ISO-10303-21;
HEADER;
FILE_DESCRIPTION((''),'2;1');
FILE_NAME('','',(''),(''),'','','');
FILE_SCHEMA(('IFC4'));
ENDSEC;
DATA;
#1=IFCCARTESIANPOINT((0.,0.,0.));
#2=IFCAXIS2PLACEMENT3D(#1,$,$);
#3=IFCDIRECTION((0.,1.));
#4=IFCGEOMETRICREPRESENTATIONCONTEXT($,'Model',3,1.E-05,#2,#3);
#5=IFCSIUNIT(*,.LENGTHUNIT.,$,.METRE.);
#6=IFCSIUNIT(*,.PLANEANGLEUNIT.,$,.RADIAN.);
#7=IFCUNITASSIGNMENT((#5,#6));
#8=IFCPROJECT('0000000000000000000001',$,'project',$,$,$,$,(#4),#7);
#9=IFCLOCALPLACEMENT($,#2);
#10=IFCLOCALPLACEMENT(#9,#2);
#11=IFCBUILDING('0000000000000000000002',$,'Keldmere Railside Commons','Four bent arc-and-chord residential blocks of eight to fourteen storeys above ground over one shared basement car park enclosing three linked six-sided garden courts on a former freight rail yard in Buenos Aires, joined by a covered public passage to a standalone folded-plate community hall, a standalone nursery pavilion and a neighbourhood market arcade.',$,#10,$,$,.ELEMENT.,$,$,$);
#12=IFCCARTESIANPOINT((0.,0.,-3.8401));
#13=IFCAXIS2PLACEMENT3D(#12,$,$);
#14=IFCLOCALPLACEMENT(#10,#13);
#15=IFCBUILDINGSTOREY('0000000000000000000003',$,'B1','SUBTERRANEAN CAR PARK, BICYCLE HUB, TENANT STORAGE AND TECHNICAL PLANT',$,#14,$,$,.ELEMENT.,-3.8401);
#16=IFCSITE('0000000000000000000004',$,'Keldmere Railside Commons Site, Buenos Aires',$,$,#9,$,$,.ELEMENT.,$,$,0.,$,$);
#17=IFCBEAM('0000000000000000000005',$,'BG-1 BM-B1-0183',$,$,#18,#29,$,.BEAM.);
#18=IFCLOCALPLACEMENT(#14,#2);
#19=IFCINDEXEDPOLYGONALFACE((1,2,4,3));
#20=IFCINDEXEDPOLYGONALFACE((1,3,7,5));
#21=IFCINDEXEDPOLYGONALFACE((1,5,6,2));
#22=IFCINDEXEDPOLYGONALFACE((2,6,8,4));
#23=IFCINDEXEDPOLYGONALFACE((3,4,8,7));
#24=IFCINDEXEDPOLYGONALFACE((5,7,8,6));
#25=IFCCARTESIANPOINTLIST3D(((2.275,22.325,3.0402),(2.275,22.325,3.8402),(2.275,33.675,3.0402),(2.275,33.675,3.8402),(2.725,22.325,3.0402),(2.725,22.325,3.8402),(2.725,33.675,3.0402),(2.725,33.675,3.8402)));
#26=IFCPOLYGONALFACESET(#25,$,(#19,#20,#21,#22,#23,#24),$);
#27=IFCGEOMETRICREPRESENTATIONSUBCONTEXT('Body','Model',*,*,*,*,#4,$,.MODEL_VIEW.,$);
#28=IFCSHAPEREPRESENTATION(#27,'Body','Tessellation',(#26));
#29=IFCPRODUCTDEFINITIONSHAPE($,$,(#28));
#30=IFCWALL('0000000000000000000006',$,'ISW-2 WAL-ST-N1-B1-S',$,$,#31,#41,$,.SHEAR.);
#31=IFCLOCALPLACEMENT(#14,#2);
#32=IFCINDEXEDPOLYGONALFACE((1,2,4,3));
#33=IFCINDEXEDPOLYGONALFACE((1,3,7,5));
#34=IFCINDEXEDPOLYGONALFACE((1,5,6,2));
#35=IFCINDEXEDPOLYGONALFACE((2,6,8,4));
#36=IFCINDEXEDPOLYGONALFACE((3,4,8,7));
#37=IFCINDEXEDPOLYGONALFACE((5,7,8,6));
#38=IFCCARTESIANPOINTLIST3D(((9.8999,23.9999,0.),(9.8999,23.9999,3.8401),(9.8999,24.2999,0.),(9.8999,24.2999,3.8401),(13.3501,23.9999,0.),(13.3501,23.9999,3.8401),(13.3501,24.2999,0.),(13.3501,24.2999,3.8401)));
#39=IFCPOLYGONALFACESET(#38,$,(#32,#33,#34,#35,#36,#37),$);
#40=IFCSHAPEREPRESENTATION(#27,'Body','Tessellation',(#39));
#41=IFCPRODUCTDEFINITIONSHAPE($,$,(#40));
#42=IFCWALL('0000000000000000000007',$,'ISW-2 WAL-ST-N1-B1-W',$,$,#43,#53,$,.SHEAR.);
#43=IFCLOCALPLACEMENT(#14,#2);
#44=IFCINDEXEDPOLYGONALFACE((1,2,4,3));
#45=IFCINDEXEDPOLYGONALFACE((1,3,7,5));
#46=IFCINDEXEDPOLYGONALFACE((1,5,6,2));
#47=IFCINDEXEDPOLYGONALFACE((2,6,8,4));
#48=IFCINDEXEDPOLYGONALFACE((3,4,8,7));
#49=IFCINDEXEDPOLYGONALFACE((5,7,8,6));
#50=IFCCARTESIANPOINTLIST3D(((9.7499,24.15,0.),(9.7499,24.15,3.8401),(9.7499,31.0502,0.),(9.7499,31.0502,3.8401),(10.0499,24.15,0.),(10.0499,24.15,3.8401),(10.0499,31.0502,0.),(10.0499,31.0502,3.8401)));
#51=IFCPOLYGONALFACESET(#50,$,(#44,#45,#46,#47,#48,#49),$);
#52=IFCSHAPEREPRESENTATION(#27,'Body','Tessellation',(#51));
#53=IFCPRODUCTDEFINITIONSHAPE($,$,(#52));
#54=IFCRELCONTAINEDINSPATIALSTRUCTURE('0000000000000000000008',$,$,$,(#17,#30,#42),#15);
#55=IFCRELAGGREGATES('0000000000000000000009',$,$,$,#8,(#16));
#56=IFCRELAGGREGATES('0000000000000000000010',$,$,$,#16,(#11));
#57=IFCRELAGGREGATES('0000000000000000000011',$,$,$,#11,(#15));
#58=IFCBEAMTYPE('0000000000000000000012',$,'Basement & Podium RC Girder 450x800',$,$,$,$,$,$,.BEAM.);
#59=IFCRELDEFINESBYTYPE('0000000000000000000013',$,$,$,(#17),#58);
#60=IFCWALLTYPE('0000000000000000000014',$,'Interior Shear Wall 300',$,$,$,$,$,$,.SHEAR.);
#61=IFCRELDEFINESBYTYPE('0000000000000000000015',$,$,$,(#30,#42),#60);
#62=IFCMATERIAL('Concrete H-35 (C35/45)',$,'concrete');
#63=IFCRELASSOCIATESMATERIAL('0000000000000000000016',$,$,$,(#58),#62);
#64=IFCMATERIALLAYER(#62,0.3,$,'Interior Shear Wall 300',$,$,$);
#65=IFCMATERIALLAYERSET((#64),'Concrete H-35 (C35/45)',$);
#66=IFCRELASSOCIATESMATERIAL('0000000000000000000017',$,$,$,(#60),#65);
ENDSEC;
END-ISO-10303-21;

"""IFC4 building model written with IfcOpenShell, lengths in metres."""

from ifc_helpers import new_model, si_unit, direction, frame, frame_2d, origin, origin_2d, place, context, subcontext, project, spatial, rectangle, extrude, material, layer, layer_set, material_profile, profile_set, type_object, element, save


model = new_model("IFC4")

# Units and contexts
model_context = context("Model", 3, precision=1e-05, world=origin(), true_north=direction((0.0, 1.0)))
body_context = subcontext(model_context, "Body", "Model", "MODEL_VIEW")
ifc_project = project(units=[si_unit("LENGTHUNIT", "METRE"), si_unit("PLANEANGLEUNIT", "RADIAN")], contexts=[model_context])

# Site, building, storey
site_placement = place(None, origin())
site = spatial("IfcSite", under=ifc_project, at=site_placement, Name="Keldmere Railside Commons Site, Buenos Aires", CompositionType="ELEMENT", RefElevation=0.0)
building_placement = place(site_placement, origin())
building = spatial("IfcBuilding", under=site, at=building_placement, Name="Keldmere Railside Commons", Description="Four bent arc-and-chord residential blocks of eight to fourteen storeys above ground over one shared basement car park enclosing three linked six-sided garden courts on a former freight rail yard in Buenos Aires, joined by a covered public passage to a standalone folded-plate community hall, a standalone nursery pavilion and a neighbourhood market arcade.", CompositionType="ELEMENT")
storey_placement = place(building_placement, frame((0.0, 0.0, -3.8401)))
storey = spatial("IfcBuildingStorey", under=building, at=storey_placement, Name="B1", Description="SUBTERRANEAN CAR PARK, BICYCLE HUB, TENANT STORAGE AND TECHNICAL PLANT", CompositionType="ELEMENT", Elevation=-3.8401)

# Beam
ifc_material_1 = material(Name="Concrete H-35 (C35/45)", Category="concrete")
ifc_material_profile_1 = material_profile(ifc_material_1, rectangle(XDim=0.45, YDim=0.8, at=origin_2d()), Name="RC-450x800")
ifc_profile_set_1 = profile_set([ifc_material_profile_1], Name="Concrete H-35 (C35/45)")
beam_type = type_object("IfcBeamType", Name="Basement & Podium RC Girder 450x800", PredefinedType="BEAM", material=ifc_profile_set_1)
beam_placement = place(storey_placement, frame((2.5, 22.325, 3.4402), z_axis=(0.0, 1.0, 0.0), x_axis=(-1.0, 0.0, 0.0)))
element("IfcBeam", 1, at=beam_placement, inside=storey, type_object=beam_type, Name="BG-1 BM-B1-0183", PredefinedType="BEAM", context=body_context, shape_type="SweptSolid", body=[
    extrude(rectangle(XDim=0.45, YDim=0.8, at=origin_2d()), origin(), (0.0, 0.0, 1.0), 11.3501),
])

# Walls
ifc_layer = layer(ifc_material_1, 0.3, Name="Interior Shear Wall 300")
ifc_layer_set = layer_set([ifc_layer], Name="Concrete H-35 (C35/45)")
wall_type = type_object("IfcWallType", Name="Interior Shear Wall 300", PredefinedType="SHEAR", material=ifc_layer_set)
wall_1_placement = place(storey_placement, frame((9.8999, 24.1499, 0.0), z_axis=(0.0, 0.0, 1.0), x_axis=(1.0, 0.0, 0.0)))
element("IfcWall", 2, at=wall_1_placement, inside=storey, type_object=wall_type, Name="ISW-2 WAL-ST-N1-B1-S", PredefinedType="SHEAR", context=body_context, shape_type="SweptSolid", body=[
    extrude(rectangle(XDim=3.4502, YDim=0.3, at=frame_2d((1.7251, 0.0))), origin(), (0.0, 0.0, 1.0), 3.8401),
])
wall_2_placement = place(storey_placement, frame((9.8999, 24.1499, 0.0), z_axis=(0.0, 0.0, 1.0), x_axis=(0.0, 1.0, 0.0)))
element("IfcWall", 3, at=wall_2_placement, inside=storey, type_object=wall_type, Name="ISW-2 WAL-ST-N1-B1-W", PredefinedType="SHEAR", context=body_context, shape_type="SweptSolid", body=[
    extrude(rectangle(XDim=6.9001, YDim=0.3, at=frame_2d((3.4502, 0.0))), origin(), (0.0, 0.0, 1.0), 3.8401),
])

save(model, "model.ifc")
